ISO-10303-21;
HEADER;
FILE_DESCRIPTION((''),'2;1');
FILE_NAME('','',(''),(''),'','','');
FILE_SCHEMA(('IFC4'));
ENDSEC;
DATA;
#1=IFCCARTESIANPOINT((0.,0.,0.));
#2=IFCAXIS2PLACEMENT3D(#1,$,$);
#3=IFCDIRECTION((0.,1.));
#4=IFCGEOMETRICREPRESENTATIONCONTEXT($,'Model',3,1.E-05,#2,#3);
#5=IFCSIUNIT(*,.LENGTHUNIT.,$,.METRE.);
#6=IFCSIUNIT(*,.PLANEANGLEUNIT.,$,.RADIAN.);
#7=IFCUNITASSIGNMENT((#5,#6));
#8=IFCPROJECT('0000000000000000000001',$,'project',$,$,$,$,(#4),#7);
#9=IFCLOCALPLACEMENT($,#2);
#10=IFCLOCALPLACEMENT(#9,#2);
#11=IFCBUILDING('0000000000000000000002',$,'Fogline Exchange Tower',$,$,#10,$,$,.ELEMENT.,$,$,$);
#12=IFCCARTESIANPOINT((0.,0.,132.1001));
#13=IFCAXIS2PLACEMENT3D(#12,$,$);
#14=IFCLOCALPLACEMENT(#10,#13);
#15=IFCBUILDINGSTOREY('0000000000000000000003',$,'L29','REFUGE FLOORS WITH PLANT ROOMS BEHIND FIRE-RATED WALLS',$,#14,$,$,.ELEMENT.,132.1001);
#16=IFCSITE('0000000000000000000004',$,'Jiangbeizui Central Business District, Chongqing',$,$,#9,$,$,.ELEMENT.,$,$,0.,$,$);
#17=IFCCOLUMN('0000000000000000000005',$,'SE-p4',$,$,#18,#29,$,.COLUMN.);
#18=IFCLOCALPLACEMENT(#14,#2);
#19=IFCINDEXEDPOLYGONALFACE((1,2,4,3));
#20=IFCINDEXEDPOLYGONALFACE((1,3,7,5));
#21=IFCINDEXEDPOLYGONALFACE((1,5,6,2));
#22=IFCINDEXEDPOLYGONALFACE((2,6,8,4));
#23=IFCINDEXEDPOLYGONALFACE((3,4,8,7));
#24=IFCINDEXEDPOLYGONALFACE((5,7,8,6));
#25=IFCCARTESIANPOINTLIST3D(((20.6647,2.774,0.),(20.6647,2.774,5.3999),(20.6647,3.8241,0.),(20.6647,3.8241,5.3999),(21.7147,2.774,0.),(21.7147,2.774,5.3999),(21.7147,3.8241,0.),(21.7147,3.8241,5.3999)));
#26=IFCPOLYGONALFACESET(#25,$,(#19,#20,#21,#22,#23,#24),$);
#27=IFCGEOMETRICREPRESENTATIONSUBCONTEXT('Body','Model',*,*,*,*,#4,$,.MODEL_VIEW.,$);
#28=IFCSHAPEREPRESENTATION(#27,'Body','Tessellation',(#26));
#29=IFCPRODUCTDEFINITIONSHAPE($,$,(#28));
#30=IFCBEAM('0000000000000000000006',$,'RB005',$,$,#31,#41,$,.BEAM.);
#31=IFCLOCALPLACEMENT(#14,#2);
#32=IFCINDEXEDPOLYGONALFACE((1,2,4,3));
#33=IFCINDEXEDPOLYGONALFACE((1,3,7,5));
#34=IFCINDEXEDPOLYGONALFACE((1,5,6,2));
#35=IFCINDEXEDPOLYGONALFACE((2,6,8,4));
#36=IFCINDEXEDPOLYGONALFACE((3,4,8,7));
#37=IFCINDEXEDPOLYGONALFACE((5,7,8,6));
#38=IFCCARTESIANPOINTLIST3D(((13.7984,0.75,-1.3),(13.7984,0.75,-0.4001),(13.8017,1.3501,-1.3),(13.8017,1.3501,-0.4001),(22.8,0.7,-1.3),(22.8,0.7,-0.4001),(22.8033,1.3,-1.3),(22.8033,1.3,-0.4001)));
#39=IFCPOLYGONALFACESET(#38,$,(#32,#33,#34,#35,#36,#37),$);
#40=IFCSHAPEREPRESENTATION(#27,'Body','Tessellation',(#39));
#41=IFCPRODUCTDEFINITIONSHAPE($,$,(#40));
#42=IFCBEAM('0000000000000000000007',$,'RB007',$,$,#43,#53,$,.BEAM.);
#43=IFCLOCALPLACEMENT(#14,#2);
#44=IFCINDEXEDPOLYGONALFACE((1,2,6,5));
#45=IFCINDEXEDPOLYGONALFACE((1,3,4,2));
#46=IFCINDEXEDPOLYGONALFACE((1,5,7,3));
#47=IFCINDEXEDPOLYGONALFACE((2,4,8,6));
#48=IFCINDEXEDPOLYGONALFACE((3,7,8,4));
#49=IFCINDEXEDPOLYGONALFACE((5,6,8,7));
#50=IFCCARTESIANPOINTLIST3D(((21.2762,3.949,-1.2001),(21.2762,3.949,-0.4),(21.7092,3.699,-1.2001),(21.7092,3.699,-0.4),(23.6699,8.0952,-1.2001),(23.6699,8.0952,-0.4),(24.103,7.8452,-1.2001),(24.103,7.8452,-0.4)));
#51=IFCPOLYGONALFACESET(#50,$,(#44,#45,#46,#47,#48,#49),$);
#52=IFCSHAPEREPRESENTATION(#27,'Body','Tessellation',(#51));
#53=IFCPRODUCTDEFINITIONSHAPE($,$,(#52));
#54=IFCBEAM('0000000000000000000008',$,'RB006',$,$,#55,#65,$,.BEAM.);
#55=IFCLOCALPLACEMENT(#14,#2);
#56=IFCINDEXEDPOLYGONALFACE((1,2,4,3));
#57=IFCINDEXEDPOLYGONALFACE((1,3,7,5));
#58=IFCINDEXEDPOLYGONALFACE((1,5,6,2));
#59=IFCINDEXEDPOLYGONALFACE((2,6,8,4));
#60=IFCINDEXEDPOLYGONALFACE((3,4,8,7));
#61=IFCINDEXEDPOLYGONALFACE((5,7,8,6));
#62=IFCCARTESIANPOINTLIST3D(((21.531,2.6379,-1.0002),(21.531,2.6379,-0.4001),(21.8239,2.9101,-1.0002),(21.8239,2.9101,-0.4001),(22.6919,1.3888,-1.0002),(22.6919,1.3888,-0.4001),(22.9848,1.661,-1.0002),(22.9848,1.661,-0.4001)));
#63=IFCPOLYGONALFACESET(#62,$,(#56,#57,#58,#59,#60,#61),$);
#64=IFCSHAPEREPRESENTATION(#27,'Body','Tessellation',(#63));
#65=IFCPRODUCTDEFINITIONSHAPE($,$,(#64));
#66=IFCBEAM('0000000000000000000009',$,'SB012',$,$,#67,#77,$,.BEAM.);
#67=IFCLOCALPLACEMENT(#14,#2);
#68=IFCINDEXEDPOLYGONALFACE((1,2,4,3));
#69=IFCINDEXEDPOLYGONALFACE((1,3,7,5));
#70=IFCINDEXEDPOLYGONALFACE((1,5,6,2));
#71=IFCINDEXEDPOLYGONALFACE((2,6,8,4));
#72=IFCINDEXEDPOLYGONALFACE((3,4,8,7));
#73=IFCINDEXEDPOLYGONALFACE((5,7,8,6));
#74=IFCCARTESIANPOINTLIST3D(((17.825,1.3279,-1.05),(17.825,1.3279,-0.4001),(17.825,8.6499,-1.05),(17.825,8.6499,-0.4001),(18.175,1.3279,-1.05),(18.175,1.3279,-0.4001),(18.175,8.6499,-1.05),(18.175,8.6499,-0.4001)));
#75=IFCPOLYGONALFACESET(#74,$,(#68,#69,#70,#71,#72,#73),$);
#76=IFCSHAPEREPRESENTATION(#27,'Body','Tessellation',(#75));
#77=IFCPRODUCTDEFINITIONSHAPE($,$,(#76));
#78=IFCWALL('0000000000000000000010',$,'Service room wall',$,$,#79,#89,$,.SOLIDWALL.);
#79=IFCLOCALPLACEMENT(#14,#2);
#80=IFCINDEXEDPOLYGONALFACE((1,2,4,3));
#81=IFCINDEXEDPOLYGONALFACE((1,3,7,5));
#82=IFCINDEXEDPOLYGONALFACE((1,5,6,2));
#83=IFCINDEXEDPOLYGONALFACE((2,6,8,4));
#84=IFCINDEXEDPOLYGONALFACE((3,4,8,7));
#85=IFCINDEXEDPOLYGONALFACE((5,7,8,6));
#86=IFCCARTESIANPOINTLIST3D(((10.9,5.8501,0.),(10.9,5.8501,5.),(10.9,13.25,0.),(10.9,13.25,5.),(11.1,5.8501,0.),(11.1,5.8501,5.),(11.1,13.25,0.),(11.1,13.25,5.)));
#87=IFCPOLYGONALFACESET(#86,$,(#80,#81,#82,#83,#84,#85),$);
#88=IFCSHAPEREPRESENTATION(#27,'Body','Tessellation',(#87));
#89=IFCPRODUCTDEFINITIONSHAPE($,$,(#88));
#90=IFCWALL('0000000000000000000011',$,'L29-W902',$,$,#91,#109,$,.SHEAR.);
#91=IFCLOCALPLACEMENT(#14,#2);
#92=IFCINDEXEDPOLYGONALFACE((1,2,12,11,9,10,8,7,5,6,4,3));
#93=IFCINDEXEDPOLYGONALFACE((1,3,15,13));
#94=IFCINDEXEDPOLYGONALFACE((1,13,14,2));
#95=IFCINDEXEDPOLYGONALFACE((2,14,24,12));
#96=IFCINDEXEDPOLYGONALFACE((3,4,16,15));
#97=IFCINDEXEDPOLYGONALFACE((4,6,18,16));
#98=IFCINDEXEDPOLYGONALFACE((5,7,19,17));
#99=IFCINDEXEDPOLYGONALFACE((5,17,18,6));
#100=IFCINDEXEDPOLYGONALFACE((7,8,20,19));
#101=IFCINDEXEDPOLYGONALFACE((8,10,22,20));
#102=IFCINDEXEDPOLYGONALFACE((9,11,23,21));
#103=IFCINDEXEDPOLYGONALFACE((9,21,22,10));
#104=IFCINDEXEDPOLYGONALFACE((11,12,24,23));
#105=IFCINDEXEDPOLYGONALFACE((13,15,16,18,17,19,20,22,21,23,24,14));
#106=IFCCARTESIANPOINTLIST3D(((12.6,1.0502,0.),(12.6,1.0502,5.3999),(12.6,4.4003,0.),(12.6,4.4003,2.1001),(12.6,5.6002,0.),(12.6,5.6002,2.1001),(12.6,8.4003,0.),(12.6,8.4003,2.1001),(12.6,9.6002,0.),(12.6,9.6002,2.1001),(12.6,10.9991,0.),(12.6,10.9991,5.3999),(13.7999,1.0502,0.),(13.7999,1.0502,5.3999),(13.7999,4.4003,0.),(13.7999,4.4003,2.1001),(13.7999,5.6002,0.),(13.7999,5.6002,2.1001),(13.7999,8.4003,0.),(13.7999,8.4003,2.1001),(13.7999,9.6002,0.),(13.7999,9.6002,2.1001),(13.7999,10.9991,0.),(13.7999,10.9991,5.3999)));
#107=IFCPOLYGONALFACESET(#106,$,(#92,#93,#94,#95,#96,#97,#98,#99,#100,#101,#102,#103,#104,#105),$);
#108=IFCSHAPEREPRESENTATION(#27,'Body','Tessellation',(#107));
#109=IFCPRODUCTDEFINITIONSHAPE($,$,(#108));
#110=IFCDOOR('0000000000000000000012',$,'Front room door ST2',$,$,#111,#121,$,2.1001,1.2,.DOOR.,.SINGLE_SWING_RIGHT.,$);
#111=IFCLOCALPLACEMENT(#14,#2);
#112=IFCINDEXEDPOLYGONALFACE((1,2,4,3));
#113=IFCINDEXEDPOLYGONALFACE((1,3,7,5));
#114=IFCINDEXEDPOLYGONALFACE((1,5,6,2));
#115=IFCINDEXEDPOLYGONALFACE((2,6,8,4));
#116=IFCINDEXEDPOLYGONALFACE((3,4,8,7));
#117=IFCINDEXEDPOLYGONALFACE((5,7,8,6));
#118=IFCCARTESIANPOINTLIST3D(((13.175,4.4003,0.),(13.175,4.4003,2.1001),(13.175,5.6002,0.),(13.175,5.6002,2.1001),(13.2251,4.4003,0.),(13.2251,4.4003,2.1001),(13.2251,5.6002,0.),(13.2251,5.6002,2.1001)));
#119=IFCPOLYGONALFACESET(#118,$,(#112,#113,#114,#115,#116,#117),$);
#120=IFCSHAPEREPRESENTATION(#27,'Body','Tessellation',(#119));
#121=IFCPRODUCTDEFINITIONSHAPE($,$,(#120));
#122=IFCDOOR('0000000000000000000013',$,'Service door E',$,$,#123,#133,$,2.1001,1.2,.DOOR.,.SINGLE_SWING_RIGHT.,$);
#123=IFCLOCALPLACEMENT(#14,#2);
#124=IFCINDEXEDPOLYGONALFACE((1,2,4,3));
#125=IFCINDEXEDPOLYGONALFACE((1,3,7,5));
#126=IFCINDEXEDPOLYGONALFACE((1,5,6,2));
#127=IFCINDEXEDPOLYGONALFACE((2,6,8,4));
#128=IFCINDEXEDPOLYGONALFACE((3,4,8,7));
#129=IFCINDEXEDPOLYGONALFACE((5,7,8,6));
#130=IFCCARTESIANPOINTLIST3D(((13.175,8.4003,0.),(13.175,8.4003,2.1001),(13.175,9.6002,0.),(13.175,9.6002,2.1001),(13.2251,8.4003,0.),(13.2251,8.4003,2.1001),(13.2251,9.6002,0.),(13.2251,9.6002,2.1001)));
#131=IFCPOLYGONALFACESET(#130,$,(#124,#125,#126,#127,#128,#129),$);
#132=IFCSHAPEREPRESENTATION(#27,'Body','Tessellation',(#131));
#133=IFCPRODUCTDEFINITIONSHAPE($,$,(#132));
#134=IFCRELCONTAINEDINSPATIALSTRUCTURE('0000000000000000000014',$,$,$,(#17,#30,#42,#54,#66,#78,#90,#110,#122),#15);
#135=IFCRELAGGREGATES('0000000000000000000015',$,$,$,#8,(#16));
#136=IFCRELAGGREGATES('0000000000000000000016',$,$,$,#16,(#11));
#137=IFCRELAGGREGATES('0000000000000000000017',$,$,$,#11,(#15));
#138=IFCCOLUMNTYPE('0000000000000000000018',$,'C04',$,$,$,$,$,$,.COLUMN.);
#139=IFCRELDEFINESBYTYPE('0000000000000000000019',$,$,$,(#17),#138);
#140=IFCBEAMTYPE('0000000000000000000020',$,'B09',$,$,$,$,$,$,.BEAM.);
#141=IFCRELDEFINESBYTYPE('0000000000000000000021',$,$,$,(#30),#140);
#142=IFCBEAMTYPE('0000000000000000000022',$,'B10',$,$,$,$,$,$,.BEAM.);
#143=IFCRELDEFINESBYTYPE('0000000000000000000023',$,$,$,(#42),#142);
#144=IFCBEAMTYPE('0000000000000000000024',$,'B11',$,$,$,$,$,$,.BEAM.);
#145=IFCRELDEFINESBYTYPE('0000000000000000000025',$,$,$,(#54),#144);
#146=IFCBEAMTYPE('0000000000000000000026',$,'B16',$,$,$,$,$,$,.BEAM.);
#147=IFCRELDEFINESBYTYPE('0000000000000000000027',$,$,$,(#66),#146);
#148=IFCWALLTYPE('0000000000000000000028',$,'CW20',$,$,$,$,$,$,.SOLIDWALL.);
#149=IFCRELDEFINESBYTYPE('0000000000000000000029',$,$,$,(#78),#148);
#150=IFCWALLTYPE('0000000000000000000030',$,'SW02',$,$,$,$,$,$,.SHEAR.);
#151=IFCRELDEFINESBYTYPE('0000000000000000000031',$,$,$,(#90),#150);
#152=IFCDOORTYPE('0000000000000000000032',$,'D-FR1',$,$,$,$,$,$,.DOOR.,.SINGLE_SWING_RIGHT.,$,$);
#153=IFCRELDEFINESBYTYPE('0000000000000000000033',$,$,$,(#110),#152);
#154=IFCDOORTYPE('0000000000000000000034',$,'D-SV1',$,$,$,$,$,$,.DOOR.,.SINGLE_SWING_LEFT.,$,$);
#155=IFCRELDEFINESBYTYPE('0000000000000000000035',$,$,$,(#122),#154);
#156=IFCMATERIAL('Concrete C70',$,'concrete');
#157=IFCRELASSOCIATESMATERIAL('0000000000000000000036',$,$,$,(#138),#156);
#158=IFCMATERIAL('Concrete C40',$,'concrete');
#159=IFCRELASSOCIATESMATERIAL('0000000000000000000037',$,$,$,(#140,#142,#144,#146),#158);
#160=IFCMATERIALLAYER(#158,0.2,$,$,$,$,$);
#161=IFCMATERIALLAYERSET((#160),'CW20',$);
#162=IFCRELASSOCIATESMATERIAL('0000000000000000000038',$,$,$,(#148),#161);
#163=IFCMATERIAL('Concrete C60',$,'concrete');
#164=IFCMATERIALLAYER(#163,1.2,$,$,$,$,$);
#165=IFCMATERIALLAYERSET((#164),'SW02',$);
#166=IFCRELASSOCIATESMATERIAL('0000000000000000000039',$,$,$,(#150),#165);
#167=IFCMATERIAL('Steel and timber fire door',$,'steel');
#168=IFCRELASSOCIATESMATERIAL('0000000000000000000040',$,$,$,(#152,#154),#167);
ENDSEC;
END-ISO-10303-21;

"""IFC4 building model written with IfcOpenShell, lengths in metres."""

from ifc_helpers import new_model, si_unit, direction, frame, frame_2d, origin, origin_2d, place, context, subcontext, project, spatial, rectangle, extrude, material, layer, layer_set, material_profile, profile_set, type_object, element, fill, save


model = new_model("IFC4")

# Units and contexts
model_context = context("Model", 3, precision=1e-05, world=origin(), true_north=direction((0.0, 1.0)))
body_context = subcontext(model_context, "Body", "Model", "MODEL_VIEW")
ifc_project = project(units=[si_unit("LENGTHUNIT", "METRE"), si_unit("PLANEANGLEUNIT", "RADIAN")], contexts=[model_context])

# Site, building, storey
site_placement = place(None, origin())
site = spatial("IfcSite", under=ifc_project, at=site_placement, Name="Jiangbeizui Central Business District, Chongqing", CompositionType="ELEMENT", RefElevation=0.0)
building_placement = place(site_placement, origin())
building = spatial("IfcBuilding", under=site, at=building_placement, Name="Fogline Exchange Tower", CompositionType="ELEMENT")
storey_placement = place(building_placement, frame((0.0, 0.0, 132.1001)))
storey = spatial("IfcBuildingStorey", under=building, at=storey_placement, Name="L29", Description="REFUGE FLOORS WITH PLANT ROOMS BEHIND FIRE-RATED WALLS", CompositionType="ELEMENT", Elevation=132.1001)

# Column
ifc_material_1 = material(Name="Concrete C70", Category="concrete")
ifc_material_profile_1 = material_profile(ifc_material_1, rectangle(XDim=1.05, YDim=1.05, at=origin_2d()), Name="RC 1050x1050")
ifc_profile_set_1 = profile_set([ifc_material_profile_1], Name="Concrete C70")
column_type = type_object("IfcColumnType", Name="C04", PredefinedType="COLUMN", material=ifc_profile_set_1)
column_placement = place(storey_placement, frame((21.1897, 3.2991, 0.0), z_axis=(0.0, 0.0, 1.0), x_axis=(1.0, 0.0, 0.0)))
element("IfcColumn", 1, at=column_placement, inside=storey, type_object=column_type, Name="SE-p4", PredefinedType="COLUMN", context=body_context, shape_type="SweptSolid", body=[
    extrude(rectangle(XDim=1.05, YDim=1.05, at=origin_2d()), origin(), (0.0, 0.0, 1.0), 5.3999),
])

# Beams
ifc_material_2 = material(Name="Concrete C40", Category="concrete")
ifc_material_profile_2 = material_profile(ifc_material_2, rectangle(XDim=0.6001, YDim=0.8999, at=origin_2d()), Name="RC 600x900")
ifc_profile_set_2 = profile_set([ifc_material_profile_2], Name="Concrete C40")
beam_type_1 = type_object("IfcBeamType", Name="B09", PredefinedType="BEAM", material=ifc_profile_set_2)
beam_1_placement = place(storey_placement, frame((13.8, 1.05, -0.8501), z_axis=(0.999985, -0.00556, 0.0), x_axis=(0.00556, 0.999985, 0.0)))
element("IfcBeam", 2, at=beam_1_placement, inside=storey, type_object=beam_type_1, Name="RB005", PredefinedType="BEAM", context=body_context, shape_type="SweptSolid", body=[
    extrude(rectangle(XDim=0.6001, YDim=0.8999, at=origin_2d()), origin(), (0.0, 0.0, 1.0), 9.0017),
])
ifc_material_profile_3 = material_profile(ifc_material_2, rectangle(XDim=0.5, YDim=0.8, at=origin_2d()), Name="RC 500x800")
ifc_profile_set_3 = profile_set([ifc_material_profile_3], Name="Concrete C40")
beam_type_2 = type_object("IfcBeamType", Name="B10", PredefinedType="BEAM", material=ifc_profile_set_3)
beam_2_placement = place(storey_placement, frame((21.4927, 3.824, -0.8), z_axis=(0.499995, 0.866028, 0.0), x_axis=(-0.866028, 0.499995, 0.0)))
element("IfcBeam", 3, at=beam_2_placement, inside=storey, type_object=beam_type_2, Name="RB007", PredefinedType="BEAM", context=body_context, shape_type="SweptSolid", body=[
    extrude(rectangle(XDim=0.5, YDim=0.8, at=origin_2d()), origin(), (0.0, 0.0, 1.0), 4.7876),
])
ifc_material_profile_4 = material_profile(ifc_material_2, rectangle(XDim=0.3999, YDim=0.6001, at=origin_2d()), Name="RC 400x600")
ifc_profile_set_4 = profile_set([ifc_material_profile_4], Name="Concrete C40")
beam_type_3 = type_object("IfcBeamType", Name="B11", PredefinedType="BEAM", material=ifc_profile_set_4)
beam_3_placement = place(storey_placement, frame((22.8384, 1.5249, -0.7002), z_axis=(-0.680792, 0.732477, 0.0), x_axis=(-0.732477, -0.680792, 0.0)))
element("IfcBeam", 4, at=beam_3_placement, inside=storey, type_object=beam_type_3, Name="RB006", PredefinedType="BEAM", context=body_context, shape_type="SweptSolid", body=[
    extrude(rectangle(XDim=0.3999, YDim=0.6001, at=origin_2d()), origin(), (0.0, 0.0, 1.0), 1.7053),
])
ifc_material_profile_5 = material_profile(ifc_material_2, rectangle(XDim=0.3501, YDim=0.6499, at=origin_2d()), Name="RC 350x650")
ifc_profile_set_5 = profile_set([ifc_material_profile_5], Name="Concrete C40")
beam_type_4 = type_object("IfcBeamType", Name="B16", PredefinedType="BEAM", material=ifc_profile_set_5)
beam_4_placement = place(storey_placement, frame((18.0, 1.3279, -0.7251), z_axis=(0.0, 1.0, 0.0), x_axis=(-1.0, 0.0, 0.0)))
element("IfcBeam", 5, at=beam_4_placement, inside=storey, type_object=beam_type_4, Name="SB012", PredefinedType="BEAM", context=body_context, shape_type="SweptSolid", body=[
    extrude(rectangle(XDim=0.3501, YDim=0.6499, at=origin_2d()), origin(), (0.0, 0.0, 1.0), 7.322),
])

# Wall
ifc_layer_1 = layer(ifc_material_2, 0.2)
ifc_layer_set_1 = layer_set([ifc_layer_1], Name="CW20")
wall_type_1 = type_object("IfcWallType", Name="CW20", PredefinedType="SOLIDWALL", material=ifc_layer_set_1)
wall_1_placement = place(storey_placement, frame((11.0, 5.8501, 0.0), z_axis=(0.0, 0.0, 1.0), x_axis=(0.0, 1.0, 0.0)))
element("IfcWall", 6, at=wall_1_placement, inside=storey, type_object=wall_type_1, Name="Service room wall", PredefinedType="SOLIDWALL", context=body_context, shape_type="SweptSolid", body=[
    extrude(rectangle(XDim=7.3999, YDim=0.2, at=frame_2d((3.7, 0.0))), origin(), (0.0, 0.0, 1.0), 5.0),
])

# Wall, openings, doors
ifc_material_3 = material(Name="Concrete C60", Category="concrete")
ifc_layer_2 = layer(ifc_material_3, 1.2)
ifc_layer_set_2 = layer_set([ifc_layer_2], Name="SW02")
wall_type_2 = type_object("IfcWallType", Name="SW02", PredefinedType="SHEAR", material=ifc_layer_set_2)
wall_2_placement = place(storey_placement, frame((13.2, 1.05, 0.0), z_axis=(0.0, 0.0, 1.0), x_axis=(0.0, 1.0, 0.0)))
wall_2 = element("IfcWall", 7, at=wall_2_placement, inside=storey, type_object=wall_type_2, Name="L29-W902", PredefinedType="SHEAR", context=body_context, shape_type="SweptSolid", body=[
    extrude(rectangle(XDim=9.949, YDim=1.2, at=frame_2d((4.9746, 0.0))), origin(), (0.0, 0.0, 1.0), 5.3999),
])
opening_1_placement = place(wall_2_placement, frame((3.3501, 0.0, 0.0)))
opening_1 = element("IfcOpeningElement", 8, at=opening_1_placement, cuts=wall_2, PredefinedType="OPENING", context=body_context, shape_type="SweptSolid", body=[
    extrude(rectangle(XDim=1.2, YDim=2.1001, at=frame_2d((0.6001, 1.05))), frame((0.0, 0.6099, 0.0), z_axis=(0.0, -1.0, 0.0), x_axis=(1.0, 0.0, 0.0)), (0.0, 0.0, 1.0), 1.22),
])
opening_2_placement = place(wall_2_placement, frame((7.3501, 0.0, 0.0)))
opening_2 = element("IfcOpeningElement", 9, at=opening_2_placement, cuts=wall_2, PredefinedType="OPENING", context=body_context, shape_type="SweptSolid", body=[
    extrude(rectangle(XDim=1.2, YDim=2.1001, at=frame_2d((0.6001, 1.05))), frame((0.0, 0.6099, 0.0), z_axis=(0.0, -1.0, 0.0), x_axis=(1.0, 0.0, 0.0)), (0.0, 0.0, 1.0), 1.22),
])
ifc_material_4 = material(Name="Steel and timber fire door", Category="steel")
door_type_1 = type_object("IfcDoorType", Name="D-FR1", OperationType="SINGLE_SWING_RIGHT", PredefinedType="DOOR", material=ifc_material_4)
door_1_placement = place(opening_1_placement, origin())
door_1 = element("IfcDoor", 10, at=door_1_placement, inside=storey, type_object=door_type_1, Name="Front room door ST2", OperationType="SINGLE_SWING_RIGHT", OverallHeight=2.1001, OverallWidth=1.2, PredefinedType="DOOR", context=body_context, shape_type="SweptSolid", body=[
    extrude(rectangle(XDim=1.2, YDim=2.1001, at=frame_2d((0.6001, 1.05))), frame((0.0, 0.0249, 0.0), z_axis=(0.0, -1.0, 0.0), x_axis=(1.0, 0.0, 0.0)), (0.0, 0.0, 1.0), 0.05),
])
fill(opening_1, door_1)
door_type_2 = type_object("IfcDoorType", Name="D-SV1", OperationType="SINGLE_SWING_LEFT", PredefinedType="DOOR", material=ifc_material_4)
door_2_placement = place(opening_2_placement, origin())
door_2 = element("IfcDoor", 11, at=door_2_placement, inside=storey, type_object=door_type_2, Name="Service door E", OperationType="SINGLE_SWING_RIGHT", OverallHeight=2.1001, OverallWidth=1.2, PredefinedType="DOOR", context=body_context, shape_type="SweptSolid", body=[
    extrude(rectangle(XDim=1.2, YDim=2.1001, at=frame_2d((0.6001, 1.05))), frame((0.0, 0.0249, 0.0), z_axis=(0.0, -1.0, 0.0), x_axis=(1.0, 0.0, 0.0)), (0.0, 0.0, 1.0), 0.05),
])
fill(opening_2, door_2)

save(model, "model.ifc")
